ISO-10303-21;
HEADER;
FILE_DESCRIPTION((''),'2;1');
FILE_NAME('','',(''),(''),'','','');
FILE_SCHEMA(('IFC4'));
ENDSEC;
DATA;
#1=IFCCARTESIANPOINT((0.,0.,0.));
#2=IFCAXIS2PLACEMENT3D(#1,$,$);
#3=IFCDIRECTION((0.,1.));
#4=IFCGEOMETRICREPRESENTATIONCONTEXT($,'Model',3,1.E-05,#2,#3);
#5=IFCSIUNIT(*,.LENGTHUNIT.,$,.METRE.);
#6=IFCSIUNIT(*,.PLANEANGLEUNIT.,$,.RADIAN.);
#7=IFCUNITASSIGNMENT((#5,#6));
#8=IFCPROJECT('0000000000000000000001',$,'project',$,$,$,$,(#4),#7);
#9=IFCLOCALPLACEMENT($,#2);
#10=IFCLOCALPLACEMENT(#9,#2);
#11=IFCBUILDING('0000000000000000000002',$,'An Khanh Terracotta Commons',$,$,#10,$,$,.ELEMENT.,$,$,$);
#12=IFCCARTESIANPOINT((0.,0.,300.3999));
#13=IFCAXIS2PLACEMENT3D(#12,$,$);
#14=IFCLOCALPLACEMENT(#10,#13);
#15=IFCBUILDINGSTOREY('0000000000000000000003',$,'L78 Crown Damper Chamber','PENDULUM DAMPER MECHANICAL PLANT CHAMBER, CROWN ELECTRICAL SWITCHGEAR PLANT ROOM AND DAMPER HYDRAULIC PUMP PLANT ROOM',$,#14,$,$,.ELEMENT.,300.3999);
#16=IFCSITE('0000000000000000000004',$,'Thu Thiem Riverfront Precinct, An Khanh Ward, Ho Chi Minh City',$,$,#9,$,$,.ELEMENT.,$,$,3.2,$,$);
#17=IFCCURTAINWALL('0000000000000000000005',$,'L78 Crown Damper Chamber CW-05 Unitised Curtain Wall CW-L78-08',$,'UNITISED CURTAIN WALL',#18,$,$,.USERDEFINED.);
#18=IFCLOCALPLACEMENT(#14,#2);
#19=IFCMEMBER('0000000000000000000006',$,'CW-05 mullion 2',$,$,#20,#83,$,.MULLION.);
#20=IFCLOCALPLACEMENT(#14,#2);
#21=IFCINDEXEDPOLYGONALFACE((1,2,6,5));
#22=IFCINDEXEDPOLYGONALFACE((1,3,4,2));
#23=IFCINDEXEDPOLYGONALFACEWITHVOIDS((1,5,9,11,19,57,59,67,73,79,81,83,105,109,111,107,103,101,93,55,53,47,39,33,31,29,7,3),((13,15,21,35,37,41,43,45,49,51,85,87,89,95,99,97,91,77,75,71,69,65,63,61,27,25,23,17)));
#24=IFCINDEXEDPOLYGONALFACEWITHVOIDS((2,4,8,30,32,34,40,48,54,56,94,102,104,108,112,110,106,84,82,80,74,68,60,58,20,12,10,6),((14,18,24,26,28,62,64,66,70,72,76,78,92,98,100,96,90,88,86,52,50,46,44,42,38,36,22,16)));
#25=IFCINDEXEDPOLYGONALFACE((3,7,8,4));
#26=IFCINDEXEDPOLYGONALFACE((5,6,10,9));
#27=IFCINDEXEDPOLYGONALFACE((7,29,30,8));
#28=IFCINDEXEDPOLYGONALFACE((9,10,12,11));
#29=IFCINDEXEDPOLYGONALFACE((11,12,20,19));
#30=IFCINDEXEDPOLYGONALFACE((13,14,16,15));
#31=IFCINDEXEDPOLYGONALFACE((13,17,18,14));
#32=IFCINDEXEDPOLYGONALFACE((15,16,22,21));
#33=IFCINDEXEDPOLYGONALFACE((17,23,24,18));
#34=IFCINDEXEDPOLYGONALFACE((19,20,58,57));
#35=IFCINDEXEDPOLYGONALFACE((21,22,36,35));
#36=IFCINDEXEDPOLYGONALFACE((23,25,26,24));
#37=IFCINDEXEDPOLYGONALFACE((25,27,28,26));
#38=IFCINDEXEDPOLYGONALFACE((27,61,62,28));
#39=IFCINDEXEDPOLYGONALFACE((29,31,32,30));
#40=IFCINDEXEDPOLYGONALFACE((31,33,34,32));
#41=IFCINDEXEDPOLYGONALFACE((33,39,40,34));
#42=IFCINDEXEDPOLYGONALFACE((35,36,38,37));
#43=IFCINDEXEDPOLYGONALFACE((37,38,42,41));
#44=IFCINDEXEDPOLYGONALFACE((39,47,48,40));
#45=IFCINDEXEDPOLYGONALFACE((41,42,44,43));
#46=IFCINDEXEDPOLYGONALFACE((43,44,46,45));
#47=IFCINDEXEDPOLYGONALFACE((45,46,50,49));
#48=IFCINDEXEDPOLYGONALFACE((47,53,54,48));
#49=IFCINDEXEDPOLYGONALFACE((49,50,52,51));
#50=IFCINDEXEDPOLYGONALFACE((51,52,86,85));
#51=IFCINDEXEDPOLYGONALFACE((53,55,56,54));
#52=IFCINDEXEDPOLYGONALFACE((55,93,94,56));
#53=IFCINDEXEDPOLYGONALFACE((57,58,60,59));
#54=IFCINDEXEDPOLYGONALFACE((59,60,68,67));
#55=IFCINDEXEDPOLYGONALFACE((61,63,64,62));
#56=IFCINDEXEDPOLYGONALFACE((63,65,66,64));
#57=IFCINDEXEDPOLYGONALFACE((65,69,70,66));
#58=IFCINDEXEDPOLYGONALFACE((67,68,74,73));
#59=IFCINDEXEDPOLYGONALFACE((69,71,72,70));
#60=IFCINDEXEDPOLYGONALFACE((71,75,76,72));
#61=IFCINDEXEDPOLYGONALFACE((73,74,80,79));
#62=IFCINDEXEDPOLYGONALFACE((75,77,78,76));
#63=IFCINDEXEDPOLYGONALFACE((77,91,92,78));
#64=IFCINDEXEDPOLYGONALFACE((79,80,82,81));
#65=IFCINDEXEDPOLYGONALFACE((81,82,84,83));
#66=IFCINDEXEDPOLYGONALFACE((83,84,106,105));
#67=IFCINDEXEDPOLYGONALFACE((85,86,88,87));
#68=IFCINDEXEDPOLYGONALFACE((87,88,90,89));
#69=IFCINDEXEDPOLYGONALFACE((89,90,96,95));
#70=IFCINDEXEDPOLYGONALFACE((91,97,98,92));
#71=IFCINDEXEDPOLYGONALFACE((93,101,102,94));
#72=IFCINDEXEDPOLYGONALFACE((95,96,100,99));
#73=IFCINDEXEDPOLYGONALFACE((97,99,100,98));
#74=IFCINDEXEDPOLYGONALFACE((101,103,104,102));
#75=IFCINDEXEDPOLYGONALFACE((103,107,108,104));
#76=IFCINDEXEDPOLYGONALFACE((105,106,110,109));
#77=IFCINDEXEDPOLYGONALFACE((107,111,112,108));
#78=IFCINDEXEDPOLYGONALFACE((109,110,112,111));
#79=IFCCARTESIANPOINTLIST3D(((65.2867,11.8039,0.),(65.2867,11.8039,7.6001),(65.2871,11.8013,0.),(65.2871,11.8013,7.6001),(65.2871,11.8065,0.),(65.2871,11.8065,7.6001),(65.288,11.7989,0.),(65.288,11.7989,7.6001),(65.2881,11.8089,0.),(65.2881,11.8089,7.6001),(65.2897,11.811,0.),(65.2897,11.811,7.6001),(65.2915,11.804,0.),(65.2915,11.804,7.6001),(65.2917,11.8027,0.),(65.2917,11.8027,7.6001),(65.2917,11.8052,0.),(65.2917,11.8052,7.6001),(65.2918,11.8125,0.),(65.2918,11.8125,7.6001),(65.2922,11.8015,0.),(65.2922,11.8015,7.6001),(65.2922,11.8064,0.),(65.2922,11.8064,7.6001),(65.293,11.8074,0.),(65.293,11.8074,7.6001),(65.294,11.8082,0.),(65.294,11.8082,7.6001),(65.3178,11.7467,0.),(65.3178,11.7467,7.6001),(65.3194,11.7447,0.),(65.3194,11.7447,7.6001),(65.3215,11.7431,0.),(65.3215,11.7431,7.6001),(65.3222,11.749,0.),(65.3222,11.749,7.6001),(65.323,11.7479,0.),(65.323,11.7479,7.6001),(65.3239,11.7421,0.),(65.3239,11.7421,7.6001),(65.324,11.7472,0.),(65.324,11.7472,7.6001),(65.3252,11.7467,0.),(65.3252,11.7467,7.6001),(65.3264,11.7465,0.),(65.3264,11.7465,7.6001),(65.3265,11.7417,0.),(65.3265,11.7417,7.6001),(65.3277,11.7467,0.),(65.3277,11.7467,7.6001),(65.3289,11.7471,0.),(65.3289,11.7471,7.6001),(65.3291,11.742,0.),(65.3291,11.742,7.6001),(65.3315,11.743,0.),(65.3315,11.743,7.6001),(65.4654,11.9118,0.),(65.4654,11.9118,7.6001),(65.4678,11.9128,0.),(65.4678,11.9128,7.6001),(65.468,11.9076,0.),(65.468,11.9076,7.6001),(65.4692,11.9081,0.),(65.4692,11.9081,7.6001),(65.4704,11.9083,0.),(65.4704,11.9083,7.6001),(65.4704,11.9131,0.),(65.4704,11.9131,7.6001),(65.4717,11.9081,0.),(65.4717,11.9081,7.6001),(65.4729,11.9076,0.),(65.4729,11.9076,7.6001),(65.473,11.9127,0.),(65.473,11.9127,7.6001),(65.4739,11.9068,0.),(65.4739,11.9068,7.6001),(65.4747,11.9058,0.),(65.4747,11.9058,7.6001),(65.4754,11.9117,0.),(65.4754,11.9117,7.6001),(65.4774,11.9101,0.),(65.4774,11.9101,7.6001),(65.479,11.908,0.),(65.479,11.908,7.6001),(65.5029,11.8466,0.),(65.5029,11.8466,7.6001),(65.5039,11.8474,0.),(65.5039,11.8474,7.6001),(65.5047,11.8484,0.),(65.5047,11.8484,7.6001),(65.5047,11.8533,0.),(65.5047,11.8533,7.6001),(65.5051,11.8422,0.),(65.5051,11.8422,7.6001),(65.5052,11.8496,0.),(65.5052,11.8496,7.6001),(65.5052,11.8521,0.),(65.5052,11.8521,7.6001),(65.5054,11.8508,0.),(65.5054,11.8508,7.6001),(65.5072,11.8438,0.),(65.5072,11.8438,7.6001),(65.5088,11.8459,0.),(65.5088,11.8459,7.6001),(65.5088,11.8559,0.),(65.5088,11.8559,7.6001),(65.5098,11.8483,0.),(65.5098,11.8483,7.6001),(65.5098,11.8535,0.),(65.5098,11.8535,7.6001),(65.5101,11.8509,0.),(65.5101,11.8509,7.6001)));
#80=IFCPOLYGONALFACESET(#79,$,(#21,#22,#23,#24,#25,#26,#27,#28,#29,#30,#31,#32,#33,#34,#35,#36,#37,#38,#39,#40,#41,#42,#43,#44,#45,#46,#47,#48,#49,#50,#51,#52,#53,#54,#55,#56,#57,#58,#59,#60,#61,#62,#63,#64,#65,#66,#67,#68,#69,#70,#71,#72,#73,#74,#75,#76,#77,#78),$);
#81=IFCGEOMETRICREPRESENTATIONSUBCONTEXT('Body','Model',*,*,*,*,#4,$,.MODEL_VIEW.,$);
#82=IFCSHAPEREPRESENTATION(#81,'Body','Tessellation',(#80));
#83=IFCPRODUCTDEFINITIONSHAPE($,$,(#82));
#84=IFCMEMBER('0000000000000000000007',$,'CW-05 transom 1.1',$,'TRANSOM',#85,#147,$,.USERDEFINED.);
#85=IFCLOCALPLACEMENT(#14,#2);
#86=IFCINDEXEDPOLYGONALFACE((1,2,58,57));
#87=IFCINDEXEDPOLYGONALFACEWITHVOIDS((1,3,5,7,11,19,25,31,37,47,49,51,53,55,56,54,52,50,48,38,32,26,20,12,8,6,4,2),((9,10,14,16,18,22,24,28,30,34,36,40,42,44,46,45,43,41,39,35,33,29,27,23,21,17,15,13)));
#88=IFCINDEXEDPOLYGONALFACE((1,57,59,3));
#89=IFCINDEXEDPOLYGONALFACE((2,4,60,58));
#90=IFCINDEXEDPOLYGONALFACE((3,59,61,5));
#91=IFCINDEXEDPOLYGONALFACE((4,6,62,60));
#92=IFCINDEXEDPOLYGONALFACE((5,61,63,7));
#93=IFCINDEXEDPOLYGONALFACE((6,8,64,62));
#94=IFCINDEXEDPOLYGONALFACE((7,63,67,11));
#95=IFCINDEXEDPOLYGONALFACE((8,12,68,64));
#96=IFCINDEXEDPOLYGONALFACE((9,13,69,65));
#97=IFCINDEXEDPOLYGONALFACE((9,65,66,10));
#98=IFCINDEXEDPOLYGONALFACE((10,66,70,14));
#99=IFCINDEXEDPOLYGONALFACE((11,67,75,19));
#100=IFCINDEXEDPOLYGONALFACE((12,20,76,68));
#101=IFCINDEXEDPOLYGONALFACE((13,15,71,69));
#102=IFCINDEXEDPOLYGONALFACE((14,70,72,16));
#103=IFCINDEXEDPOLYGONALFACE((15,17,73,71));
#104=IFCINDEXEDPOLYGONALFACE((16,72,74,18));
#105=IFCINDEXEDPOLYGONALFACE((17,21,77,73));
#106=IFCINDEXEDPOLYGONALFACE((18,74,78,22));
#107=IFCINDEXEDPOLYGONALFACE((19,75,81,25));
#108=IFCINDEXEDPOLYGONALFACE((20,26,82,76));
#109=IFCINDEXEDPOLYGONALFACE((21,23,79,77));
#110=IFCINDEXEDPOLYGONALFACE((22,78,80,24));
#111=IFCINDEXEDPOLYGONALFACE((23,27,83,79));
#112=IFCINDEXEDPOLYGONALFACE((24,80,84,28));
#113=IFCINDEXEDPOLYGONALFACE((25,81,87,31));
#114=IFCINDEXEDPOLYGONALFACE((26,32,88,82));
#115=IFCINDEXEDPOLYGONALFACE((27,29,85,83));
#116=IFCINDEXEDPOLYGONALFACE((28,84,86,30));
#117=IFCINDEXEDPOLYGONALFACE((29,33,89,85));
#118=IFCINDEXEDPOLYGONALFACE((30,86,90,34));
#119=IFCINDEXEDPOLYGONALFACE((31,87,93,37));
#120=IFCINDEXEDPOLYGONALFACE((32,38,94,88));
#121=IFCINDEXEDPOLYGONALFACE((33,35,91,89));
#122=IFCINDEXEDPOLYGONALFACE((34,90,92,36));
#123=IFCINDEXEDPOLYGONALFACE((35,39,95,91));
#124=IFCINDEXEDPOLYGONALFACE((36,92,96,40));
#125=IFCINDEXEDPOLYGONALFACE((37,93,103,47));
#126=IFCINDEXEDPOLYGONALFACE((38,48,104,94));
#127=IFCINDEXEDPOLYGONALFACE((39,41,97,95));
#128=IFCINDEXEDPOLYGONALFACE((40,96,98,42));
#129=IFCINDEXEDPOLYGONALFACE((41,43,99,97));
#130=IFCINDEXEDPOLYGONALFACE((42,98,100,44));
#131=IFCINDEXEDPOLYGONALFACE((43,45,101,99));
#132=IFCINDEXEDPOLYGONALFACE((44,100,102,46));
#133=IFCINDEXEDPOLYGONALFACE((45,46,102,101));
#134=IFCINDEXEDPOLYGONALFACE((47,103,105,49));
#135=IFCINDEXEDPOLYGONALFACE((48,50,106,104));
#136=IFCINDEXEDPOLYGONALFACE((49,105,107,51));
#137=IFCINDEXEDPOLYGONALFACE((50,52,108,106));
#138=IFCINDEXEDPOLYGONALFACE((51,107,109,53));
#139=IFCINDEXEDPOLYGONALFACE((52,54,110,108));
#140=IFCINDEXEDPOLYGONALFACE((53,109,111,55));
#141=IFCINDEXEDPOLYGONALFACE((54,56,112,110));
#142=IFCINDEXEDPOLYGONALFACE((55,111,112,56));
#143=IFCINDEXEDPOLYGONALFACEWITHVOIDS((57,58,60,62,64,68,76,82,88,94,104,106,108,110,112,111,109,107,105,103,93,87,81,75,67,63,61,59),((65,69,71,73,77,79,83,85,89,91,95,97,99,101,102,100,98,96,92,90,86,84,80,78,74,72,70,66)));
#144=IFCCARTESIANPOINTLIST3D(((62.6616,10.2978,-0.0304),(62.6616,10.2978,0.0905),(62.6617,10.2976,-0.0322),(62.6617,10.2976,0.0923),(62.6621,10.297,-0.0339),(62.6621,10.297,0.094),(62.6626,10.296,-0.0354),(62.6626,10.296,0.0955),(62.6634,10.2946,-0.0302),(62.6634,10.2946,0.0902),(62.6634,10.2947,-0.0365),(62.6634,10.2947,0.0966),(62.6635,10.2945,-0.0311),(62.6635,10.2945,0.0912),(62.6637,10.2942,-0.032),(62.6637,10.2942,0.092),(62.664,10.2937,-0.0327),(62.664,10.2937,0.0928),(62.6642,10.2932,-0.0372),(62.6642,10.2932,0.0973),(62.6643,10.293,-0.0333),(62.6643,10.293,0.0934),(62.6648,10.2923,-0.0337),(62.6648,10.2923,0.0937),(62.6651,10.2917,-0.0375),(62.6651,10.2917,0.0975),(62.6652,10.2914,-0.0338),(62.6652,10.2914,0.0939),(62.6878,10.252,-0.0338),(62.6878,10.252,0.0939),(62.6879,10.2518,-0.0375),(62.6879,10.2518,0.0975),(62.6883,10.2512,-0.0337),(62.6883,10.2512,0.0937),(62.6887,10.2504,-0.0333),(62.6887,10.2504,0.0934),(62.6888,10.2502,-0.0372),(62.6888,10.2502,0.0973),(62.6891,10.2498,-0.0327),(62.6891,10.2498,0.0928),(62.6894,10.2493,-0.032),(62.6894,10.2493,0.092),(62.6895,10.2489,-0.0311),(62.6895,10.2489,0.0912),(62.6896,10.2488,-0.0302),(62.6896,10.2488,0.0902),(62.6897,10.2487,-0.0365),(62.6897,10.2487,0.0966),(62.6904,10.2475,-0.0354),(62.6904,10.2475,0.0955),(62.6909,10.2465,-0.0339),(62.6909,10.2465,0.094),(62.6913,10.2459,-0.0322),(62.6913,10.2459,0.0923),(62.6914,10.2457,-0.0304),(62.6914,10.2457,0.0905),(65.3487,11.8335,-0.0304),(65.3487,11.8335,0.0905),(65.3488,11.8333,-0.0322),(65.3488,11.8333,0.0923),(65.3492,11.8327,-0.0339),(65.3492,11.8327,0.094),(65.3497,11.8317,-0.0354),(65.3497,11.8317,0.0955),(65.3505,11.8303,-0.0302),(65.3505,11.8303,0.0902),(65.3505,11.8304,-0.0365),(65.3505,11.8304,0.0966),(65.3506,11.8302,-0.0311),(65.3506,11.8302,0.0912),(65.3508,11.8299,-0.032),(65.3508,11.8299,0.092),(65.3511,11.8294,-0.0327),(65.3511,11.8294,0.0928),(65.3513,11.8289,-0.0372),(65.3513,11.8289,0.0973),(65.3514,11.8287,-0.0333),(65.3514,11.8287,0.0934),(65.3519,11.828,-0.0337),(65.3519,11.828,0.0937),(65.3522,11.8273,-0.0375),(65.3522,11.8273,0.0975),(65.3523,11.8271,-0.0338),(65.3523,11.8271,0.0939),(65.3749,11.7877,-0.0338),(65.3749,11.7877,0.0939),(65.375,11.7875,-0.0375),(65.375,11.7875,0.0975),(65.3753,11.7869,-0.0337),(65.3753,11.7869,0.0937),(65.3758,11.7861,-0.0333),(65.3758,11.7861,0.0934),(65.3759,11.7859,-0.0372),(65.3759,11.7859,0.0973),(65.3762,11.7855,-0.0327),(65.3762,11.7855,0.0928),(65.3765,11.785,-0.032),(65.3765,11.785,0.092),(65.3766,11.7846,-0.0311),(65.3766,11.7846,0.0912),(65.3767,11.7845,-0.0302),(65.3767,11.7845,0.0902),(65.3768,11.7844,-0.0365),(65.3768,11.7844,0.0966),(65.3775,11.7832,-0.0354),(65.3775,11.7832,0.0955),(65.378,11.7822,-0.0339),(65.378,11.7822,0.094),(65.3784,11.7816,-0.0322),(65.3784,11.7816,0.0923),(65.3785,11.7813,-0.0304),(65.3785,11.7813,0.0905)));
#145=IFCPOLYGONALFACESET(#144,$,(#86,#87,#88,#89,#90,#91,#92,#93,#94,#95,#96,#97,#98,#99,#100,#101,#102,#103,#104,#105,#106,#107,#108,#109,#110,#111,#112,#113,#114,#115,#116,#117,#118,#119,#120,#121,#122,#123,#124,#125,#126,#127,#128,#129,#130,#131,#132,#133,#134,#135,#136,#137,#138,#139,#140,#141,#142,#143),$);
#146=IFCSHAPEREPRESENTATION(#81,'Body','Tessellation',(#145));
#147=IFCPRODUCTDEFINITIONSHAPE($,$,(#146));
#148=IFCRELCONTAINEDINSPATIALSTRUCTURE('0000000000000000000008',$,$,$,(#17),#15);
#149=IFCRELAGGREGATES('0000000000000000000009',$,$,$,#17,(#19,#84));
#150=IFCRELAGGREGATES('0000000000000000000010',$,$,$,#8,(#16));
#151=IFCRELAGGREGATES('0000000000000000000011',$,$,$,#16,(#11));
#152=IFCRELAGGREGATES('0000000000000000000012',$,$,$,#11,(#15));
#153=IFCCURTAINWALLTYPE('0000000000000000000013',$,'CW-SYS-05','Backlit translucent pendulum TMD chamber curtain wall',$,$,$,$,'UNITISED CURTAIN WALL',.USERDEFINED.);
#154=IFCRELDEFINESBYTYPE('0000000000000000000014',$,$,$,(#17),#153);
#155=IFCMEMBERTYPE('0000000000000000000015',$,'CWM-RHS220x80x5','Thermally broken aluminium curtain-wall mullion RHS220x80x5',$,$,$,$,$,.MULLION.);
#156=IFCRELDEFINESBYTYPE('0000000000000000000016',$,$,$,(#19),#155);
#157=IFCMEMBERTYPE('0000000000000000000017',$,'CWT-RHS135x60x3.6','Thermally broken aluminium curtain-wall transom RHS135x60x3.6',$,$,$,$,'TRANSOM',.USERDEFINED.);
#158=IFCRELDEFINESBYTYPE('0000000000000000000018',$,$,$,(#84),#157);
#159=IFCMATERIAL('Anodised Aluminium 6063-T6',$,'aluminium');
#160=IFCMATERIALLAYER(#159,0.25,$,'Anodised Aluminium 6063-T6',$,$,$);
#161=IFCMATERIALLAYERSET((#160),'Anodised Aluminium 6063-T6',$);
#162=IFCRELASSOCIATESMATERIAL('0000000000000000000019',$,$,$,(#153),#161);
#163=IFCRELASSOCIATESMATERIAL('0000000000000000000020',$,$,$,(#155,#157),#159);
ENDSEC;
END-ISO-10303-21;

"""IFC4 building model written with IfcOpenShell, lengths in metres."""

from ifc_helpers import new_model, si_unit, direction, frame, origin, origin_2d, place, context, subcontext, project, spatial, hollow_rectangle, extrude, material, layer, layer_set, material_profile, profile_set, type_object, element, aggregate, save


model = new_model("IFC4")

# Units and contexts
model_context = context("Model", 3, precision=1e-05, world=origin(), true_north=direction((0.0, 1.0)))
body_context = subcontext(model_context, "Body", "Model", "MODEL_VIEW")
ifc_project = project(units=[si_unit("LENGTHUNIT", "METRE"), si_unit("PLANEANGLEUNIT", "RADIAN")], contexts=[model_context])

# Site, building, storey
site_placement = place(None, origin())
site = spatial("IfcSite", under=ifc_project, at=site_placement, Name="Thu Thiem Riverfront Precinct, An Khanh Ward, Ho Chi Minh City", CompositionType="ELEMENT", RefElevation=3.2)
building_placement = place(site_placement, origin())
building = spatial("IfcBuilding", under=site, at=building_placement, Name="An Khanh Terracotta Commons", CompositionType="ELEMENT")
storey_placement = place(building_placement, frame((0.0, 0.0, 300.3999)))
storey = spatial("IfcBuildingStorey", under=building, at=storey_placement, Name="L78 Crown Damper Chamber", Description="PENDULUM DAMPER MECHANICAL PLANT CHAMBER, CROWN ELECTRICAL SWITCHGEAR PLANT ROOM AND DAMPER HYDRAULIC PUMP PLANT ROOM", CompositionType="ELEMENT", Elevation=300.3999)

# Shared definitions
ifc_material_1 = material(Name="Anodised Aluminium 6063-T6", Category="aluminium")
ifc_layer_1 = layer(ifc_material_1, 0.25, Name="Anodised Aluminium 6063-T6")
ifc_layer_set_1 = layer_set([ifc_layer_1], Name="Anodised Aluminium 6063-T6")
curtain_wall_type = type_object("IfcCurtainWallType", Name="CW-SYS-05", Description="Backlit translucent pendulum TMD chamber curtain wall", ElementType="UNITISED CURTAIN WALL", PredefinedType="USERDEFINED", material=ifc_layer_set_1)
ifc_material_profile_1 = material_profile(ifc_material_1, hollow_rectangle(XDim=0.0801, YDim=0.22, WallThickness=0.0049, InnerFilletRadius=0.0049, OuterFilletRadius=0.01, at=origin_2d()), Name="RHS220x80x5")
ifc_profile_set_1 = profile_set([ifc_material_profile_1], Name="Anodised Aluminium 6063-T6")
member_type_1 = type_object("IfcMemberType", Name="CWM-RHS220x80x5", Description="Thermally broken aluminium curtain-wall mullion RHS220x80x5", PredefinedType="MULLION", material=ifc_profile_set_1)

# Curtain wall, members
curtain_wall_1_placement = place(storey_placement, origin())
curtain_wall_1 = element("IfcCurtainWall", 1, at=curtain_wall_1_placement, inside=storey, type_object=curtain_wall_type, Name="L78 Crown Damper Chamber CW-05 Unitised Curtain Wall CW-L78-08", ObjectType="UNITISED CURTAIN WALL", PredefinedType="USERDEFINED")
member_1_placement = place(storey_placement, frame((65.3984, 11.8274, 0.0), z_axis=(0.0, 0.0, 1.0), x_axis=(-0.496206, 0.868205, 0.0)))
member_1 = element("IfcMember", 2, at=member_1_placement, type_object=member_type_1, Name="CW-05 mullion 2", PredefinedType="MULLION", context=body_context, shape_type="SweptSolid", body=[
    extrude(hollow_rectangle(XDim=0.0801, YDim=0.22, WallThickness=0.0049, InnerFilletRadius=0.0049, OuterFilletRadius=0.01, at=origin_2d()), origin(), (0.0, 0.0, 1.0), 7.6001),
])
ifc_material_profile_2 = material_profile(ifc_material_1, hollow_rectangle(XDim=0.0601, YDim=0.135, WallThickness=0.0037, InnerFilletRadius=0.0037, OuterFilletRadius=0.0071, at=origin_2d()), Name="RHS135x60x3.6")
ifc_profile_set_2 = profile_set([ifc_material_profile_2], Name="Anodised Aluminium 6063-T6")
member_type_2 = type_object("IfcMemberType", Name="CWT-RHS135x60x3.6", Description="Thermally broken aluminium curtain-wall transom RHS135x60x3.6", ElementType="TRANSOM", PredefinedType="USERDEFINED", material=ifc_profile_set_2)
member_2_placement = place(storey_placement, frame((62.6765, 10.2717, 0.03), z_axis=(0.868214, 0.49619, 0.0), x_axis=(-0.49619, 0.868214, 0.0)))
member_2 = element("IfcMember", 3, at=member_2_placement, type_object=member_type_2, Name="CW-05 transom 1.1", ObjectType="TRANSOM", PredefinedType="USERDEFINED", context=body_context, shape_type="SweptSolid", body=[
    extrude(hollow_rectangle(XDim=0.0601, YDim=0.135, WallThickness=0.0037, InnerFilletRadius=0.0037, OuterFilletRadius=0.0071, at=origin_2d()), origin(), (0.0, 0.0, 1.0), 3.095),
])

aggregate(curtain_wall_1, [member_1, member_2])

save(model, "model.ifc")
